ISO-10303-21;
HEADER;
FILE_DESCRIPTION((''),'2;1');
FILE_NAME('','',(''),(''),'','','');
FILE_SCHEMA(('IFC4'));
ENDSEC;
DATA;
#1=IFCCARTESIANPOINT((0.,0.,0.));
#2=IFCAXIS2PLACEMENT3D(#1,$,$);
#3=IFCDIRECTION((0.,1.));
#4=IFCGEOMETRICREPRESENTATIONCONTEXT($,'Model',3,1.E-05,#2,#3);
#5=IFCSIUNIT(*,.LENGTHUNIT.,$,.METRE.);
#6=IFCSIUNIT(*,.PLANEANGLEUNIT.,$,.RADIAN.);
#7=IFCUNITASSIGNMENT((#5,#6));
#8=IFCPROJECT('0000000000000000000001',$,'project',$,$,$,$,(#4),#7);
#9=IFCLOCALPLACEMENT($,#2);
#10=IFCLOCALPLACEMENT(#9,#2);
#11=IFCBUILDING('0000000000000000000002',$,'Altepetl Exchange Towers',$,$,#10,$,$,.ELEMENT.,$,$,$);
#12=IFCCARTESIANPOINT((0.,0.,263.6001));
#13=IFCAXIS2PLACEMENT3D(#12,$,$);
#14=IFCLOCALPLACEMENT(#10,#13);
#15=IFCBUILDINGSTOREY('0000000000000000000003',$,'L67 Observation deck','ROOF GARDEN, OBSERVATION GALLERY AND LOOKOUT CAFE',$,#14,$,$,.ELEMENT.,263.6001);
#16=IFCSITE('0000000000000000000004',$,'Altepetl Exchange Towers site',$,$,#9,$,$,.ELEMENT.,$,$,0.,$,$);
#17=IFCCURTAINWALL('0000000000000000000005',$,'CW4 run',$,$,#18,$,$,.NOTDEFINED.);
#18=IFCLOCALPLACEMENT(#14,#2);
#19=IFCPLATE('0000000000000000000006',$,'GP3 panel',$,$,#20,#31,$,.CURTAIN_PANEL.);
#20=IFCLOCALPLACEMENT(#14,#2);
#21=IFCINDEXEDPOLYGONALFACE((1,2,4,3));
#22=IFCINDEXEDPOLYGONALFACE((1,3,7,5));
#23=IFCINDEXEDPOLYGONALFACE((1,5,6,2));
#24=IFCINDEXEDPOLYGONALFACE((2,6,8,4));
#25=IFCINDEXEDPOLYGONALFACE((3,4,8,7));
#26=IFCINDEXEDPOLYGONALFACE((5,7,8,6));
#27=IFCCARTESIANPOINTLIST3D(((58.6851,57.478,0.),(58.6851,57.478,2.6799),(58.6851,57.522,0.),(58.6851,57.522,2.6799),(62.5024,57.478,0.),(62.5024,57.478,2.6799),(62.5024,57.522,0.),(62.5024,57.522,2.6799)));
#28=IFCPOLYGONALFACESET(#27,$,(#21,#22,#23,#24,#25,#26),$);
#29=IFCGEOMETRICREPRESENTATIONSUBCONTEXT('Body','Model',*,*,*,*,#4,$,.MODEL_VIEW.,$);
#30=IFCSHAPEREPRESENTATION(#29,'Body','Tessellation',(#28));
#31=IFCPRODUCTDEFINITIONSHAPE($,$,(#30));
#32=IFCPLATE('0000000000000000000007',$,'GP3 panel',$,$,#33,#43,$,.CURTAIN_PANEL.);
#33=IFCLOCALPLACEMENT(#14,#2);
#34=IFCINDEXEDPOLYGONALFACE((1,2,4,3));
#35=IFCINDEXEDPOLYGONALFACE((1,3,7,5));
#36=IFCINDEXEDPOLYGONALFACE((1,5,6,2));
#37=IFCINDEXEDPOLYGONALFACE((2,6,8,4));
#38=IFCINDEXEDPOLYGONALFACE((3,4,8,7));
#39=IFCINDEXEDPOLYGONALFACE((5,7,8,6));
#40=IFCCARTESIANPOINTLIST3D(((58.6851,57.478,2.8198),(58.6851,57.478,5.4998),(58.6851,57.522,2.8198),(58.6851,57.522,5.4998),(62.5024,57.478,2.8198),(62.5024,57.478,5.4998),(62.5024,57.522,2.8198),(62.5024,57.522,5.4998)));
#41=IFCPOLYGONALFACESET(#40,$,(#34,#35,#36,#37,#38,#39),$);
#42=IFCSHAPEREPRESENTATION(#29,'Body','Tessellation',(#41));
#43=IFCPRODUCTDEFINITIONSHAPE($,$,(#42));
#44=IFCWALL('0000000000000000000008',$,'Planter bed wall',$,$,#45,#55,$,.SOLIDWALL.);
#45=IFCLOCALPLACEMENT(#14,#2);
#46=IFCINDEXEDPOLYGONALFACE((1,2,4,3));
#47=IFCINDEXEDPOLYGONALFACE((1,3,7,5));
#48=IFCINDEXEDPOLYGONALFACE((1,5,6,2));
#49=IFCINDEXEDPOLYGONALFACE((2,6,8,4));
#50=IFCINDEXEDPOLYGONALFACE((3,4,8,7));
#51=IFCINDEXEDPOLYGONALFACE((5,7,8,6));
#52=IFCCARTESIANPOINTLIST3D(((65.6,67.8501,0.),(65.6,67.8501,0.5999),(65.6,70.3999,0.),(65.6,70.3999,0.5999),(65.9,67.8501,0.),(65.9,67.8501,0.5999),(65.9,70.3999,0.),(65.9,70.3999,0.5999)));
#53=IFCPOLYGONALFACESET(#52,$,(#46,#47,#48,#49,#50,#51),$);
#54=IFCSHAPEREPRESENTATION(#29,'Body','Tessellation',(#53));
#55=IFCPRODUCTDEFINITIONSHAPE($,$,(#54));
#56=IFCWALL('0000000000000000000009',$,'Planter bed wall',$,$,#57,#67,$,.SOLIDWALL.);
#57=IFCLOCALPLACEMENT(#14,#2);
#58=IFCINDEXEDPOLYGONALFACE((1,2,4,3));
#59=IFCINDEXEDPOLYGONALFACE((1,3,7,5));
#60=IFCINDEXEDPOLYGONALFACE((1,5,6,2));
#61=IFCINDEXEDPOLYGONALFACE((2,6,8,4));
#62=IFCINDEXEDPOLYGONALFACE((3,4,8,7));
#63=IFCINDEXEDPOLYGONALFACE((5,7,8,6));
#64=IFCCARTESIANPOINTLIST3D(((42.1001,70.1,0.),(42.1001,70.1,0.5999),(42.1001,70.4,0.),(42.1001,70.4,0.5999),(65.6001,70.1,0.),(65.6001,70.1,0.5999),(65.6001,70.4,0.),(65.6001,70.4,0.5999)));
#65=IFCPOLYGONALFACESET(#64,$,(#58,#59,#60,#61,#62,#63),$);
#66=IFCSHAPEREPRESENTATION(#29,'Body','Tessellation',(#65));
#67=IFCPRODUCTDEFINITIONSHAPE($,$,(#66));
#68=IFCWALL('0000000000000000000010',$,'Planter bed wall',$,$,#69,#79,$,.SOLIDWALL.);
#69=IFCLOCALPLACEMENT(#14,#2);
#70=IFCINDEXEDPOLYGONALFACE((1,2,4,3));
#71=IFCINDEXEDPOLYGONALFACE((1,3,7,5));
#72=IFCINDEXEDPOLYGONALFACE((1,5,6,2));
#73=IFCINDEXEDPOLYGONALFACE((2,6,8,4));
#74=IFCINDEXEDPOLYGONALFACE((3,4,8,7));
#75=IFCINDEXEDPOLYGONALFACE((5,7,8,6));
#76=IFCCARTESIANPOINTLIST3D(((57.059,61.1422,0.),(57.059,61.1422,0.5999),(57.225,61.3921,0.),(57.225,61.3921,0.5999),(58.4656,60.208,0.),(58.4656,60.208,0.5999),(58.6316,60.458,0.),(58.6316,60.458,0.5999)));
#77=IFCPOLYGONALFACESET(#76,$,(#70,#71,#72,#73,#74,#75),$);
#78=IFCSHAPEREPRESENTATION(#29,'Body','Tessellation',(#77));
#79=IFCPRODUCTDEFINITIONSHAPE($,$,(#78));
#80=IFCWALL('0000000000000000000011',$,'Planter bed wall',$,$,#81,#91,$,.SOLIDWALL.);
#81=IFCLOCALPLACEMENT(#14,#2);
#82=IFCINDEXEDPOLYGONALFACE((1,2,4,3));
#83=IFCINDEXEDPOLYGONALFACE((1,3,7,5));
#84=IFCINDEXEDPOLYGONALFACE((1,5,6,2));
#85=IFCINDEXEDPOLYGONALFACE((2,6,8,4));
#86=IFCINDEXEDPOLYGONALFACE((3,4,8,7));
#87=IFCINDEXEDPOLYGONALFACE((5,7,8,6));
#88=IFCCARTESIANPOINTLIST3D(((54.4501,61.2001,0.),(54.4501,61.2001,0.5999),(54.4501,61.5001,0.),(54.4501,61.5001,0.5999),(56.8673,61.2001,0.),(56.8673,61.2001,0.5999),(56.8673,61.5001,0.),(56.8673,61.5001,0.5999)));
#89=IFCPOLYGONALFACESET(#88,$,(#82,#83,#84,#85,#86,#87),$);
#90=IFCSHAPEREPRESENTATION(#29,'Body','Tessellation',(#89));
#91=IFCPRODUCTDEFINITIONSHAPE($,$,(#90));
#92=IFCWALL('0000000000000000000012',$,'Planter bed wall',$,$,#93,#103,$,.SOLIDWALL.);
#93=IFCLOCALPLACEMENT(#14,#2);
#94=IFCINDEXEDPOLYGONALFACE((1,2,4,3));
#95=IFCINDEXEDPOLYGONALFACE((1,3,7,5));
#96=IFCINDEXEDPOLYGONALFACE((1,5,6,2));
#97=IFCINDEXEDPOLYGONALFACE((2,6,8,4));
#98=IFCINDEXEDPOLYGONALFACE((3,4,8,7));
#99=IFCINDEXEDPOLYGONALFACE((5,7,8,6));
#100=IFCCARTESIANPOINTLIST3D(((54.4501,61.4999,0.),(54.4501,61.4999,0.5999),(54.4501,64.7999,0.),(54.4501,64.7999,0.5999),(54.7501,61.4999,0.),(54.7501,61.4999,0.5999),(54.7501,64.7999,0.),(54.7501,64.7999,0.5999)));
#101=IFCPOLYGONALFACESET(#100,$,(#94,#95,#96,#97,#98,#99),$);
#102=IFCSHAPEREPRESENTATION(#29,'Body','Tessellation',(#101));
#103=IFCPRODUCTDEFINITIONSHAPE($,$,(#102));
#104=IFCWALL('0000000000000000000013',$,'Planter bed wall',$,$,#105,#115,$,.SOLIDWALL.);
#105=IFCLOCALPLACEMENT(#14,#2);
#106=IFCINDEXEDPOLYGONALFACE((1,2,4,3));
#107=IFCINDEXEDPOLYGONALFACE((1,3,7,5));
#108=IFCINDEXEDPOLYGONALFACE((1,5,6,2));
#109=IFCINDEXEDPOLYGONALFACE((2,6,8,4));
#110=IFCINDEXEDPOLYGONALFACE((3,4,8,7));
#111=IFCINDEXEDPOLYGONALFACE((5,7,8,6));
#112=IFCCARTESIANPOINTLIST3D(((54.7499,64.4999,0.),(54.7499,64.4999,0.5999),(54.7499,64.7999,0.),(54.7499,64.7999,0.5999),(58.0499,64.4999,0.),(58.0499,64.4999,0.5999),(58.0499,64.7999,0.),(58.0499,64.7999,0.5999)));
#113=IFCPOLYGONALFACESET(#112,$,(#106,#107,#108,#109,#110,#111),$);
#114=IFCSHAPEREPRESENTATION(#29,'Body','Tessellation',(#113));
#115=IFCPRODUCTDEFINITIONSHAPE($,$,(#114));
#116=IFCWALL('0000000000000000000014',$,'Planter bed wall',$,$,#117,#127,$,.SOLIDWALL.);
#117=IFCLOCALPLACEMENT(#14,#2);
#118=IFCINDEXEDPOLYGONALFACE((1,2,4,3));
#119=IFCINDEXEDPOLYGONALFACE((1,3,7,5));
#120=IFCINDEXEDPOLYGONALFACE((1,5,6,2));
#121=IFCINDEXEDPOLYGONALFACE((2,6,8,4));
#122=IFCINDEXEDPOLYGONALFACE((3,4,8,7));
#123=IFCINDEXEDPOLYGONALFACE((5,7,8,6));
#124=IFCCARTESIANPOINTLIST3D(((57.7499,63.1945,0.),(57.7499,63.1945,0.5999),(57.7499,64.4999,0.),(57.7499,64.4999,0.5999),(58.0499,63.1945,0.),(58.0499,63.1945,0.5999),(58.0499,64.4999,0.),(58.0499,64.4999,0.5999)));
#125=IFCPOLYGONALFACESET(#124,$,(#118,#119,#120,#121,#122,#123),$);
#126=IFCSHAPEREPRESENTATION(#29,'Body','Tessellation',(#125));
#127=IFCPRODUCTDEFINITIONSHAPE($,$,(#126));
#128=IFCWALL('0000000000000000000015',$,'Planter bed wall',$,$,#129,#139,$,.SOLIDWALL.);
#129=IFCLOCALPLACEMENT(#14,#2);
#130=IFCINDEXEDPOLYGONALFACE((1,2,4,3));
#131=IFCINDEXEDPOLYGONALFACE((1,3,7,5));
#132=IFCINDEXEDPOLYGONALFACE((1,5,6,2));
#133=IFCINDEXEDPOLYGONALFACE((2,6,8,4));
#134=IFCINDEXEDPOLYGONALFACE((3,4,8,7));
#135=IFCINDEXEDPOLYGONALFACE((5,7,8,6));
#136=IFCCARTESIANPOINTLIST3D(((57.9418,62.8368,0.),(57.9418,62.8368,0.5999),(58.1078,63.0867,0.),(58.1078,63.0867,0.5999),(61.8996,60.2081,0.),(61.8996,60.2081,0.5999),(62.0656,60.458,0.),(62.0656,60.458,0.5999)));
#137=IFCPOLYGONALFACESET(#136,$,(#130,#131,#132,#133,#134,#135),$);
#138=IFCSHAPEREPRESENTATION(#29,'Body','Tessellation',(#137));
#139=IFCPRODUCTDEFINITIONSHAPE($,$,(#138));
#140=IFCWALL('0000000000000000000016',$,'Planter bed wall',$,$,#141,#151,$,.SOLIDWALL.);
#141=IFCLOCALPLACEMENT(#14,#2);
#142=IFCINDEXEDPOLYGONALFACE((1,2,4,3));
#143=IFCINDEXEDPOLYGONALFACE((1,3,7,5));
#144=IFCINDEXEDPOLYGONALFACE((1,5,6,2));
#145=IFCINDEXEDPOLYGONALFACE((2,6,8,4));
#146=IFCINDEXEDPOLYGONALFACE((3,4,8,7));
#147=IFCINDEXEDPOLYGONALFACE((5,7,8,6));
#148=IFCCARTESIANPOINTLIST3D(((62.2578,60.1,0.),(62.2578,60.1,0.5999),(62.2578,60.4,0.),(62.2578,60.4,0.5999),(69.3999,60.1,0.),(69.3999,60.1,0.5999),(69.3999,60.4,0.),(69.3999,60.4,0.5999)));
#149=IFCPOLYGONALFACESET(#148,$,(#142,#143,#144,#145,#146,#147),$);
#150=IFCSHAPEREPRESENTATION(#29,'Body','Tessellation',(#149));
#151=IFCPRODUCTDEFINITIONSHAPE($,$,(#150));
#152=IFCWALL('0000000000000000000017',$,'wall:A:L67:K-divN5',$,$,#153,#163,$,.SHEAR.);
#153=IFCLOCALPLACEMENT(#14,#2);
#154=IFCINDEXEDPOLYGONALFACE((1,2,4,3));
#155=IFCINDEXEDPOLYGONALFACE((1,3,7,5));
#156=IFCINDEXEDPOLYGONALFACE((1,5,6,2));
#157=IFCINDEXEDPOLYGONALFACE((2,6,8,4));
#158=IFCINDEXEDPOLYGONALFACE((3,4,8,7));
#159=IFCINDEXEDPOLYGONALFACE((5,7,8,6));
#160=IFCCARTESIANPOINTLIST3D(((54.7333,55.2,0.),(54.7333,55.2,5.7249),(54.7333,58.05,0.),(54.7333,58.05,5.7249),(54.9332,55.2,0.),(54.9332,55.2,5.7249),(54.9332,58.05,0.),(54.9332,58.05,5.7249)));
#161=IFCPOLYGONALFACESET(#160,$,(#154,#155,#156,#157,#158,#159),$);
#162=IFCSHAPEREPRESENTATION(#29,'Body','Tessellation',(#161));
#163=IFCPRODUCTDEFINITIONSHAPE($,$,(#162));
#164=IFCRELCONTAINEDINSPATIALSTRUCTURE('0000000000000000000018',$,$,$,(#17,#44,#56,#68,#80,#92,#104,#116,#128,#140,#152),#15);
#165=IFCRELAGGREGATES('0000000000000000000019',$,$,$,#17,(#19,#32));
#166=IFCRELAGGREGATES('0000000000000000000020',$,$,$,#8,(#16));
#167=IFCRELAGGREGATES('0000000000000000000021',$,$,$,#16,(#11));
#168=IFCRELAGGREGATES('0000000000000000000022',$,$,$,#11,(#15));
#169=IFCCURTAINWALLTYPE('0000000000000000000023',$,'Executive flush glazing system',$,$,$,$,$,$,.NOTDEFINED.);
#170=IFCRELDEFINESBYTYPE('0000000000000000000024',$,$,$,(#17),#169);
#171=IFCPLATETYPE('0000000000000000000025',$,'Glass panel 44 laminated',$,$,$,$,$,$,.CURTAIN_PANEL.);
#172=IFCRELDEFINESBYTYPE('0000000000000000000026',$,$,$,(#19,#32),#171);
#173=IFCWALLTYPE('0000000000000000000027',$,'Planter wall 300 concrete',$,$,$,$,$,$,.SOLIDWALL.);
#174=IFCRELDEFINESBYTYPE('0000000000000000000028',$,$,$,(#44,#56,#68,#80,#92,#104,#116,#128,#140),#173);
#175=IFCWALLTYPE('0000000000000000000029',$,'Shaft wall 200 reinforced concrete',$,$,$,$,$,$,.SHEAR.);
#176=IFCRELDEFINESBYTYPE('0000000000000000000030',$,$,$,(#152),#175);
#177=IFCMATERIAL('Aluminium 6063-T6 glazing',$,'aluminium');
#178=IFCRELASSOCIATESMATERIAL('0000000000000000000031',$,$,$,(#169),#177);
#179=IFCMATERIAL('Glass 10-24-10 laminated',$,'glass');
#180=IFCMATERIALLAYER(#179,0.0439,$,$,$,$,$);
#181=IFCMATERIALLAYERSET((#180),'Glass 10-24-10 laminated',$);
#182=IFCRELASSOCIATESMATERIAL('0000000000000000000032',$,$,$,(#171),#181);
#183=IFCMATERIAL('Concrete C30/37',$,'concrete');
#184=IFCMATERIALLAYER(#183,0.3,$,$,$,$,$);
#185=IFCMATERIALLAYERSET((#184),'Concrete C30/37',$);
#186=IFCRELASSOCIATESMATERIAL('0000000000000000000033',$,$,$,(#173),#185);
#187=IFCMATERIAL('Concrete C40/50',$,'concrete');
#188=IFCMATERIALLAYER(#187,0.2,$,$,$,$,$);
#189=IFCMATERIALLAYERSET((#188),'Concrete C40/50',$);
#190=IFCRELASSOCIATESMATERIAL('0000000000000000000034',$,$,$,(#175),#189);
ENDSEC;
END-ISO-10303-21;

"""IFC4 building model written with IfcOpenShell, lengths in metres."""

from ifc_helpers import new_model, si_unit, direction, frame, frame_2d, origin, origin_2d, place, context, subcontext, project, spatial, rectangle, extrude, material, layer, layer_set, type_object, element, aggregate, save


model = new_model("IFC4")

# Units and contexts
model_context = context("Model", 3, precision=1e-05, world=origin(), true_north=direction((0.0, 1.0)))
body_context = subcontext(model_context, "Body", "Model", "MODEL_VIEW")
ifc_project = project(units=[si_unit("LENGTHUNIT", "METRE"), si_unit("PLANEANGLEUNIT", "RADIAN")], contexts=[model_context])

# Site, building, storey
site_placement = place(None, origin())
site = spatial("IfcSite", under=ifc_project, at=site_placement, Name="Altepetl Exchange Towers site", CompositionType="ELEMENT", RefElevation=0.0)
building_placement = place(site_placement, origin())
building = spatial("IfcBuilding", under=site, at=building_placement, Name="Altepetl Exchange Towers", CompositionType="ELEMENT")
storey_placement = place(building_placement, frame((0.0, 0.0, 263.6001)))
storey = spatial("IfcBuildingStorey", under=building, at=storey_placement, Name="L67 Observation deck", Description="ROOF GARDEN, OBSERVATION GALLERY AND LOOKOUT CAFE", CompositionType="ELEMENT", Elevation=263.6001)

# Curtain wall
ifc_material_1 = material(Name="Aluminium 6063-T6 glazing", Category="aluminium")
curtain_wall_type = type_object("IfcCurtainWallType", Name="Executive flush glazing system", PredefinedType="NOTDEFINED", material=ifc_material_1)
curtain_wall_1_placement = place(storey_placement, origin())
curtain_wall_1 = element("IfcCurtainWall", 1, at=curtain_wall_1_placement, inside=storey, type_object=curtain_wall_type, Name="CW4 run", PredefinedType="NOTDEFINED")

# Shared definitions
ifc_material_2 = material(Name="Glass 10-24-10 laminated", Category="glass")
ifc_layer_1 = layer(ifc_material_2, 0.0439)
ifc_layer_set_1 = layer_set([ifc_layer_1], Name="Glass 10-24-10 laminated")
plate_type = type_object("IfcPlateType", Name="Glass panel 44 laminated", PredefinedType="CURTAIN_PANEL", material=ifc_layer_set_1)

# Plates
plate_1_placement = place(storey_placement, frame((60.5938, 57.5, 0.0), z_axis=(0.0, 0.0, 1.0), x_axis=(-1.0, 0.0, 0.0)))
plate_1 = element("IfcPlate", 2, at=plate_1_placement, type_object=plate_type, Name="GP3 panel", PredefinedType="CURTAIN_PANEL", context=body_context, shape_type="SweptSolid", body=[
    extrude(rectangle(XDim=3.8174, YDim=0.0439, at=origin_2d()), origin(), (0.0, 0.0, 1.0), 2.6799),
])
plate_2_placement = place(storey_placement, frame((60.5938, 57.5, 2.8198), z_axis=(0.0, 0.0, 1.0), x_axis=(-1.0, 0.0, 0.0)))
plate_2 = element("IfcPlate", 3, at=plate_2_placement, type_object=plate_type, Name="GP3 panel", PredefinedType="CURTAIN_PANEL", context=body_context, shape_type="SweptSolid", body=[
    extrude(rectangle(XDim=3.8174, YDim=0.0439, at=origin_2d()), origin(), (0.0, 0.0, 1.0), 2.6799),
])
aggregate(curtain_wall_1, [plate_1, plate_2])

# Walls
ifc_material_3 = material(Name="Concrete C30/37", Category="concrete")
ifc_layer_2 = layer(ifc_material_3, 0.3)
ifc_layer_set_2 = layer_set([ifc_layer_2], Name="Concrete C30/37")
wall_type_1 = type_object("IfcWallType", Name="Planter wall 300 concrete", PredefinedType="SOLIDWALL", material=ifc_layer_set_2)
wall_1_placement = place(storey_placement, frame((65.75, 67.8501, 0.0), z_axis=(0.0, 0.0, 1.0), x_axis=(0.0, 1.0, 0.0)))
element("IfcWall", 4, at=wall_1_placement, inside=storey, type_object=wall_type_1, Name="Planter bed wall", PredefinedType="SOLIDWALL", context=body_context, shape_type="SweptSolid", body=[
    extrude(rectangle(XDim=2.5498, YDim=0.3, at=frame_2d((1.2749, 0.0))), origin(), (0.0, 0.0, 1.0), 0.5999),
])
wall_2_placement = place(storey_placement, frame((65.6001, 70.25, 0.0), z_axis=(0.0, 0.0, 1.0), x_axis=(-1.0, 0.0, 0.0)))
element("IfcWall", 5, at=wall_2_placement, inside=storey, type_object=wall_type_1, Name="Planter bed wall", PredefinedType="SOLIDWALL", context=body_context, shape_type="SweptSolid", body=[
    extrude(rectangle(XDim=23.5, YDim=0.3, at=frame_2d((11.75, 0.0))), origin(), (0.0, 0.0, 1.0), 0.5999),
])
wall_3_placement = place(storey_placement, frame((58.5486, 60.333, 0.0), z_axis=(0.0, 0.0, 1.0), x_axis=(-0.833028, 0.553231, 0.0)))
element("IfcWall", 6, at=wall_3_placement, inside=storey, type_object=wall_type_1, Name="Planter bed wall", PredefinedType="SOLIDWALL", context=body_context, shape_type="SweptSolid", body=[
    extrude(rectangle(XDim=1.6885, YDim=0.3, at=frame_2d((0.8442, 0.0))), origin(), (0.0, 0.0, 1.0), 0.5999),
])
wall_4_placement = place(storey_placement, frame((56.8672, 61.3501, 0.0), z_axis=(0.0, 0.0, 1.0), x_axis=(-1.0, 0.0, 0.0)))
element("IfcWall", 7, at=wall_4_placement, inside=storey, type_object=wall_type_1, Name="Planter bed wall", PredefinedType="SOLIDWALL", context=body_context, shape_type="SweptSolid", body=[
    extrude(rectangle(XDim=2.4172, YDim=0.3, at=frame_2d((1.2085, 0.0))), origin(), (0.0, 0.0, 1.0), 0.5999),
])
wall_5_placement = place(storey_placement, frame((54.6001, 61.5, 0.0), z_axis=(0.0, 0.0, 1.0), x_axis=(0.0, 1.0, 0.0)))
element("IfcWall", 8, at=wall_5_placement, inside=storey, type_object=wall_type_1, Name="Planter bed wall", PredefinedType="SOLIDWALL", context=body_context, shape_type="SweptSolid", body=[
    extrude(rectangle(XDim=3.3, YDim=0.3, at=frame_2d((1.6499, 0.0))), origin(), (0.0, 0.0, 1.0), 0.5999),
])
wall_6_placement = place(storey_placement, frame((54.75, 64.6499, 0.0)))
element("IfcWall", 9, at=wall_6_placement, inside=storey, type_object=wall_type_1, Name="Planter bed wall", PredefinedType="SOLIDWALL", context=body_context, shape_type="SweptSolid", body=[
    extrude(rectangle(XDim=3.3, YDim=0.3, at=frame_2d((1.6499, 0.0))), origin(), (0.0, 0.0, 1.0), 0.5999),
])
wall_7_placement = place(storey_placement, frame((57.8999, 64.5, 0.0), z_axis=(0.0, 0.0, 1.0), x_axis=(0.0, -1.0, 0.0)))
element("IfcWall", 10, at=wall_7_placement, inside=storey, type_object=wall_type_1, Name="Planter bed wall", PredefinedType="SOLIDWALL", context=body_context, shape_type="SweptSolid", body=[
    extrude(rectangle(XDim=1.3054, YDim=0.3, at=frame_2d((0.6528, 0.0))), origin(), (0.0, 0.0, 1.0), 0.5999),
])
wall_8_placement = place(storey_placement, frame((58.0249, 62.9617, 0.0), z_axis=(0.0, 0.0, 1.0), x_axis=(0.833006, -0.553265, 0.0)))
element("IfcWall", 11, at=wall_8_placement, inside=storey, type_object=wall_type_1, Name="Planter bed wall", PredefinedType="SOLIDWALL", context=body_context, shape_type="SweptSolid", body=[
    extrude(rectangle(XDim=4.7512, YDim=0.3, at=frame_2d((2.3755, 0.0))), origin(), (0.0, 0.0, 1.0), 0.5999),
])
wall_9_placement = place(storey_placement, frame((62.2578, 60.25, 0.0)))
element("IfcWall", 12, at=wall_9_placement, inside=storey, type_object=wall_type_1, Name="Planter bed wall", PredefinedType="SOLIDWALL", context=body_context, shape_type="SweptSolid", body=[
    extrude(rectangle(XDim=7.1421, YDim=0.3, at=frame_2d((3.571, 0.0))), origin(), (0.0, 0.0, 1.0), 0.5999),
])
ifc_material_4 = material(Name="Concrete C40/50", Category="concrete")
ifc_layer_3 = layer(ifc_material_4, 0.2)
ifc_layer_set_3 = layer_set([ifc_layer_3], Name="Concrete C40/50")
wall_type_2 = type_object("IfcWallType", Name="Shaft wall 200 reinforced concrete", PredefinedType="SHEAR", material=ifc_layer_set_3)
wall_10_placement = place(storey_placement, frame((54.8333, 58.05, 0.0), z_axis=(0.0, 0.0, 1.0), x_axis=(0.0, -1.0, 0.0)))
element("IfcWall", 13, at=wall_10_placement, inside=storey, type_object=wall_type_2, Name="wall:A:L67:K-divN5", PredefinedType="SHEAR", context=body_context, shape_type="SweptSolid", body=[
    extrude(rectangle(XDim=2.8501, YDim=0.2, at=frame_2d((1.425, 0.0))), origin(), (0.0, 0.0, 1.0), 5.7249),
])

save(model, "model.ifc")
